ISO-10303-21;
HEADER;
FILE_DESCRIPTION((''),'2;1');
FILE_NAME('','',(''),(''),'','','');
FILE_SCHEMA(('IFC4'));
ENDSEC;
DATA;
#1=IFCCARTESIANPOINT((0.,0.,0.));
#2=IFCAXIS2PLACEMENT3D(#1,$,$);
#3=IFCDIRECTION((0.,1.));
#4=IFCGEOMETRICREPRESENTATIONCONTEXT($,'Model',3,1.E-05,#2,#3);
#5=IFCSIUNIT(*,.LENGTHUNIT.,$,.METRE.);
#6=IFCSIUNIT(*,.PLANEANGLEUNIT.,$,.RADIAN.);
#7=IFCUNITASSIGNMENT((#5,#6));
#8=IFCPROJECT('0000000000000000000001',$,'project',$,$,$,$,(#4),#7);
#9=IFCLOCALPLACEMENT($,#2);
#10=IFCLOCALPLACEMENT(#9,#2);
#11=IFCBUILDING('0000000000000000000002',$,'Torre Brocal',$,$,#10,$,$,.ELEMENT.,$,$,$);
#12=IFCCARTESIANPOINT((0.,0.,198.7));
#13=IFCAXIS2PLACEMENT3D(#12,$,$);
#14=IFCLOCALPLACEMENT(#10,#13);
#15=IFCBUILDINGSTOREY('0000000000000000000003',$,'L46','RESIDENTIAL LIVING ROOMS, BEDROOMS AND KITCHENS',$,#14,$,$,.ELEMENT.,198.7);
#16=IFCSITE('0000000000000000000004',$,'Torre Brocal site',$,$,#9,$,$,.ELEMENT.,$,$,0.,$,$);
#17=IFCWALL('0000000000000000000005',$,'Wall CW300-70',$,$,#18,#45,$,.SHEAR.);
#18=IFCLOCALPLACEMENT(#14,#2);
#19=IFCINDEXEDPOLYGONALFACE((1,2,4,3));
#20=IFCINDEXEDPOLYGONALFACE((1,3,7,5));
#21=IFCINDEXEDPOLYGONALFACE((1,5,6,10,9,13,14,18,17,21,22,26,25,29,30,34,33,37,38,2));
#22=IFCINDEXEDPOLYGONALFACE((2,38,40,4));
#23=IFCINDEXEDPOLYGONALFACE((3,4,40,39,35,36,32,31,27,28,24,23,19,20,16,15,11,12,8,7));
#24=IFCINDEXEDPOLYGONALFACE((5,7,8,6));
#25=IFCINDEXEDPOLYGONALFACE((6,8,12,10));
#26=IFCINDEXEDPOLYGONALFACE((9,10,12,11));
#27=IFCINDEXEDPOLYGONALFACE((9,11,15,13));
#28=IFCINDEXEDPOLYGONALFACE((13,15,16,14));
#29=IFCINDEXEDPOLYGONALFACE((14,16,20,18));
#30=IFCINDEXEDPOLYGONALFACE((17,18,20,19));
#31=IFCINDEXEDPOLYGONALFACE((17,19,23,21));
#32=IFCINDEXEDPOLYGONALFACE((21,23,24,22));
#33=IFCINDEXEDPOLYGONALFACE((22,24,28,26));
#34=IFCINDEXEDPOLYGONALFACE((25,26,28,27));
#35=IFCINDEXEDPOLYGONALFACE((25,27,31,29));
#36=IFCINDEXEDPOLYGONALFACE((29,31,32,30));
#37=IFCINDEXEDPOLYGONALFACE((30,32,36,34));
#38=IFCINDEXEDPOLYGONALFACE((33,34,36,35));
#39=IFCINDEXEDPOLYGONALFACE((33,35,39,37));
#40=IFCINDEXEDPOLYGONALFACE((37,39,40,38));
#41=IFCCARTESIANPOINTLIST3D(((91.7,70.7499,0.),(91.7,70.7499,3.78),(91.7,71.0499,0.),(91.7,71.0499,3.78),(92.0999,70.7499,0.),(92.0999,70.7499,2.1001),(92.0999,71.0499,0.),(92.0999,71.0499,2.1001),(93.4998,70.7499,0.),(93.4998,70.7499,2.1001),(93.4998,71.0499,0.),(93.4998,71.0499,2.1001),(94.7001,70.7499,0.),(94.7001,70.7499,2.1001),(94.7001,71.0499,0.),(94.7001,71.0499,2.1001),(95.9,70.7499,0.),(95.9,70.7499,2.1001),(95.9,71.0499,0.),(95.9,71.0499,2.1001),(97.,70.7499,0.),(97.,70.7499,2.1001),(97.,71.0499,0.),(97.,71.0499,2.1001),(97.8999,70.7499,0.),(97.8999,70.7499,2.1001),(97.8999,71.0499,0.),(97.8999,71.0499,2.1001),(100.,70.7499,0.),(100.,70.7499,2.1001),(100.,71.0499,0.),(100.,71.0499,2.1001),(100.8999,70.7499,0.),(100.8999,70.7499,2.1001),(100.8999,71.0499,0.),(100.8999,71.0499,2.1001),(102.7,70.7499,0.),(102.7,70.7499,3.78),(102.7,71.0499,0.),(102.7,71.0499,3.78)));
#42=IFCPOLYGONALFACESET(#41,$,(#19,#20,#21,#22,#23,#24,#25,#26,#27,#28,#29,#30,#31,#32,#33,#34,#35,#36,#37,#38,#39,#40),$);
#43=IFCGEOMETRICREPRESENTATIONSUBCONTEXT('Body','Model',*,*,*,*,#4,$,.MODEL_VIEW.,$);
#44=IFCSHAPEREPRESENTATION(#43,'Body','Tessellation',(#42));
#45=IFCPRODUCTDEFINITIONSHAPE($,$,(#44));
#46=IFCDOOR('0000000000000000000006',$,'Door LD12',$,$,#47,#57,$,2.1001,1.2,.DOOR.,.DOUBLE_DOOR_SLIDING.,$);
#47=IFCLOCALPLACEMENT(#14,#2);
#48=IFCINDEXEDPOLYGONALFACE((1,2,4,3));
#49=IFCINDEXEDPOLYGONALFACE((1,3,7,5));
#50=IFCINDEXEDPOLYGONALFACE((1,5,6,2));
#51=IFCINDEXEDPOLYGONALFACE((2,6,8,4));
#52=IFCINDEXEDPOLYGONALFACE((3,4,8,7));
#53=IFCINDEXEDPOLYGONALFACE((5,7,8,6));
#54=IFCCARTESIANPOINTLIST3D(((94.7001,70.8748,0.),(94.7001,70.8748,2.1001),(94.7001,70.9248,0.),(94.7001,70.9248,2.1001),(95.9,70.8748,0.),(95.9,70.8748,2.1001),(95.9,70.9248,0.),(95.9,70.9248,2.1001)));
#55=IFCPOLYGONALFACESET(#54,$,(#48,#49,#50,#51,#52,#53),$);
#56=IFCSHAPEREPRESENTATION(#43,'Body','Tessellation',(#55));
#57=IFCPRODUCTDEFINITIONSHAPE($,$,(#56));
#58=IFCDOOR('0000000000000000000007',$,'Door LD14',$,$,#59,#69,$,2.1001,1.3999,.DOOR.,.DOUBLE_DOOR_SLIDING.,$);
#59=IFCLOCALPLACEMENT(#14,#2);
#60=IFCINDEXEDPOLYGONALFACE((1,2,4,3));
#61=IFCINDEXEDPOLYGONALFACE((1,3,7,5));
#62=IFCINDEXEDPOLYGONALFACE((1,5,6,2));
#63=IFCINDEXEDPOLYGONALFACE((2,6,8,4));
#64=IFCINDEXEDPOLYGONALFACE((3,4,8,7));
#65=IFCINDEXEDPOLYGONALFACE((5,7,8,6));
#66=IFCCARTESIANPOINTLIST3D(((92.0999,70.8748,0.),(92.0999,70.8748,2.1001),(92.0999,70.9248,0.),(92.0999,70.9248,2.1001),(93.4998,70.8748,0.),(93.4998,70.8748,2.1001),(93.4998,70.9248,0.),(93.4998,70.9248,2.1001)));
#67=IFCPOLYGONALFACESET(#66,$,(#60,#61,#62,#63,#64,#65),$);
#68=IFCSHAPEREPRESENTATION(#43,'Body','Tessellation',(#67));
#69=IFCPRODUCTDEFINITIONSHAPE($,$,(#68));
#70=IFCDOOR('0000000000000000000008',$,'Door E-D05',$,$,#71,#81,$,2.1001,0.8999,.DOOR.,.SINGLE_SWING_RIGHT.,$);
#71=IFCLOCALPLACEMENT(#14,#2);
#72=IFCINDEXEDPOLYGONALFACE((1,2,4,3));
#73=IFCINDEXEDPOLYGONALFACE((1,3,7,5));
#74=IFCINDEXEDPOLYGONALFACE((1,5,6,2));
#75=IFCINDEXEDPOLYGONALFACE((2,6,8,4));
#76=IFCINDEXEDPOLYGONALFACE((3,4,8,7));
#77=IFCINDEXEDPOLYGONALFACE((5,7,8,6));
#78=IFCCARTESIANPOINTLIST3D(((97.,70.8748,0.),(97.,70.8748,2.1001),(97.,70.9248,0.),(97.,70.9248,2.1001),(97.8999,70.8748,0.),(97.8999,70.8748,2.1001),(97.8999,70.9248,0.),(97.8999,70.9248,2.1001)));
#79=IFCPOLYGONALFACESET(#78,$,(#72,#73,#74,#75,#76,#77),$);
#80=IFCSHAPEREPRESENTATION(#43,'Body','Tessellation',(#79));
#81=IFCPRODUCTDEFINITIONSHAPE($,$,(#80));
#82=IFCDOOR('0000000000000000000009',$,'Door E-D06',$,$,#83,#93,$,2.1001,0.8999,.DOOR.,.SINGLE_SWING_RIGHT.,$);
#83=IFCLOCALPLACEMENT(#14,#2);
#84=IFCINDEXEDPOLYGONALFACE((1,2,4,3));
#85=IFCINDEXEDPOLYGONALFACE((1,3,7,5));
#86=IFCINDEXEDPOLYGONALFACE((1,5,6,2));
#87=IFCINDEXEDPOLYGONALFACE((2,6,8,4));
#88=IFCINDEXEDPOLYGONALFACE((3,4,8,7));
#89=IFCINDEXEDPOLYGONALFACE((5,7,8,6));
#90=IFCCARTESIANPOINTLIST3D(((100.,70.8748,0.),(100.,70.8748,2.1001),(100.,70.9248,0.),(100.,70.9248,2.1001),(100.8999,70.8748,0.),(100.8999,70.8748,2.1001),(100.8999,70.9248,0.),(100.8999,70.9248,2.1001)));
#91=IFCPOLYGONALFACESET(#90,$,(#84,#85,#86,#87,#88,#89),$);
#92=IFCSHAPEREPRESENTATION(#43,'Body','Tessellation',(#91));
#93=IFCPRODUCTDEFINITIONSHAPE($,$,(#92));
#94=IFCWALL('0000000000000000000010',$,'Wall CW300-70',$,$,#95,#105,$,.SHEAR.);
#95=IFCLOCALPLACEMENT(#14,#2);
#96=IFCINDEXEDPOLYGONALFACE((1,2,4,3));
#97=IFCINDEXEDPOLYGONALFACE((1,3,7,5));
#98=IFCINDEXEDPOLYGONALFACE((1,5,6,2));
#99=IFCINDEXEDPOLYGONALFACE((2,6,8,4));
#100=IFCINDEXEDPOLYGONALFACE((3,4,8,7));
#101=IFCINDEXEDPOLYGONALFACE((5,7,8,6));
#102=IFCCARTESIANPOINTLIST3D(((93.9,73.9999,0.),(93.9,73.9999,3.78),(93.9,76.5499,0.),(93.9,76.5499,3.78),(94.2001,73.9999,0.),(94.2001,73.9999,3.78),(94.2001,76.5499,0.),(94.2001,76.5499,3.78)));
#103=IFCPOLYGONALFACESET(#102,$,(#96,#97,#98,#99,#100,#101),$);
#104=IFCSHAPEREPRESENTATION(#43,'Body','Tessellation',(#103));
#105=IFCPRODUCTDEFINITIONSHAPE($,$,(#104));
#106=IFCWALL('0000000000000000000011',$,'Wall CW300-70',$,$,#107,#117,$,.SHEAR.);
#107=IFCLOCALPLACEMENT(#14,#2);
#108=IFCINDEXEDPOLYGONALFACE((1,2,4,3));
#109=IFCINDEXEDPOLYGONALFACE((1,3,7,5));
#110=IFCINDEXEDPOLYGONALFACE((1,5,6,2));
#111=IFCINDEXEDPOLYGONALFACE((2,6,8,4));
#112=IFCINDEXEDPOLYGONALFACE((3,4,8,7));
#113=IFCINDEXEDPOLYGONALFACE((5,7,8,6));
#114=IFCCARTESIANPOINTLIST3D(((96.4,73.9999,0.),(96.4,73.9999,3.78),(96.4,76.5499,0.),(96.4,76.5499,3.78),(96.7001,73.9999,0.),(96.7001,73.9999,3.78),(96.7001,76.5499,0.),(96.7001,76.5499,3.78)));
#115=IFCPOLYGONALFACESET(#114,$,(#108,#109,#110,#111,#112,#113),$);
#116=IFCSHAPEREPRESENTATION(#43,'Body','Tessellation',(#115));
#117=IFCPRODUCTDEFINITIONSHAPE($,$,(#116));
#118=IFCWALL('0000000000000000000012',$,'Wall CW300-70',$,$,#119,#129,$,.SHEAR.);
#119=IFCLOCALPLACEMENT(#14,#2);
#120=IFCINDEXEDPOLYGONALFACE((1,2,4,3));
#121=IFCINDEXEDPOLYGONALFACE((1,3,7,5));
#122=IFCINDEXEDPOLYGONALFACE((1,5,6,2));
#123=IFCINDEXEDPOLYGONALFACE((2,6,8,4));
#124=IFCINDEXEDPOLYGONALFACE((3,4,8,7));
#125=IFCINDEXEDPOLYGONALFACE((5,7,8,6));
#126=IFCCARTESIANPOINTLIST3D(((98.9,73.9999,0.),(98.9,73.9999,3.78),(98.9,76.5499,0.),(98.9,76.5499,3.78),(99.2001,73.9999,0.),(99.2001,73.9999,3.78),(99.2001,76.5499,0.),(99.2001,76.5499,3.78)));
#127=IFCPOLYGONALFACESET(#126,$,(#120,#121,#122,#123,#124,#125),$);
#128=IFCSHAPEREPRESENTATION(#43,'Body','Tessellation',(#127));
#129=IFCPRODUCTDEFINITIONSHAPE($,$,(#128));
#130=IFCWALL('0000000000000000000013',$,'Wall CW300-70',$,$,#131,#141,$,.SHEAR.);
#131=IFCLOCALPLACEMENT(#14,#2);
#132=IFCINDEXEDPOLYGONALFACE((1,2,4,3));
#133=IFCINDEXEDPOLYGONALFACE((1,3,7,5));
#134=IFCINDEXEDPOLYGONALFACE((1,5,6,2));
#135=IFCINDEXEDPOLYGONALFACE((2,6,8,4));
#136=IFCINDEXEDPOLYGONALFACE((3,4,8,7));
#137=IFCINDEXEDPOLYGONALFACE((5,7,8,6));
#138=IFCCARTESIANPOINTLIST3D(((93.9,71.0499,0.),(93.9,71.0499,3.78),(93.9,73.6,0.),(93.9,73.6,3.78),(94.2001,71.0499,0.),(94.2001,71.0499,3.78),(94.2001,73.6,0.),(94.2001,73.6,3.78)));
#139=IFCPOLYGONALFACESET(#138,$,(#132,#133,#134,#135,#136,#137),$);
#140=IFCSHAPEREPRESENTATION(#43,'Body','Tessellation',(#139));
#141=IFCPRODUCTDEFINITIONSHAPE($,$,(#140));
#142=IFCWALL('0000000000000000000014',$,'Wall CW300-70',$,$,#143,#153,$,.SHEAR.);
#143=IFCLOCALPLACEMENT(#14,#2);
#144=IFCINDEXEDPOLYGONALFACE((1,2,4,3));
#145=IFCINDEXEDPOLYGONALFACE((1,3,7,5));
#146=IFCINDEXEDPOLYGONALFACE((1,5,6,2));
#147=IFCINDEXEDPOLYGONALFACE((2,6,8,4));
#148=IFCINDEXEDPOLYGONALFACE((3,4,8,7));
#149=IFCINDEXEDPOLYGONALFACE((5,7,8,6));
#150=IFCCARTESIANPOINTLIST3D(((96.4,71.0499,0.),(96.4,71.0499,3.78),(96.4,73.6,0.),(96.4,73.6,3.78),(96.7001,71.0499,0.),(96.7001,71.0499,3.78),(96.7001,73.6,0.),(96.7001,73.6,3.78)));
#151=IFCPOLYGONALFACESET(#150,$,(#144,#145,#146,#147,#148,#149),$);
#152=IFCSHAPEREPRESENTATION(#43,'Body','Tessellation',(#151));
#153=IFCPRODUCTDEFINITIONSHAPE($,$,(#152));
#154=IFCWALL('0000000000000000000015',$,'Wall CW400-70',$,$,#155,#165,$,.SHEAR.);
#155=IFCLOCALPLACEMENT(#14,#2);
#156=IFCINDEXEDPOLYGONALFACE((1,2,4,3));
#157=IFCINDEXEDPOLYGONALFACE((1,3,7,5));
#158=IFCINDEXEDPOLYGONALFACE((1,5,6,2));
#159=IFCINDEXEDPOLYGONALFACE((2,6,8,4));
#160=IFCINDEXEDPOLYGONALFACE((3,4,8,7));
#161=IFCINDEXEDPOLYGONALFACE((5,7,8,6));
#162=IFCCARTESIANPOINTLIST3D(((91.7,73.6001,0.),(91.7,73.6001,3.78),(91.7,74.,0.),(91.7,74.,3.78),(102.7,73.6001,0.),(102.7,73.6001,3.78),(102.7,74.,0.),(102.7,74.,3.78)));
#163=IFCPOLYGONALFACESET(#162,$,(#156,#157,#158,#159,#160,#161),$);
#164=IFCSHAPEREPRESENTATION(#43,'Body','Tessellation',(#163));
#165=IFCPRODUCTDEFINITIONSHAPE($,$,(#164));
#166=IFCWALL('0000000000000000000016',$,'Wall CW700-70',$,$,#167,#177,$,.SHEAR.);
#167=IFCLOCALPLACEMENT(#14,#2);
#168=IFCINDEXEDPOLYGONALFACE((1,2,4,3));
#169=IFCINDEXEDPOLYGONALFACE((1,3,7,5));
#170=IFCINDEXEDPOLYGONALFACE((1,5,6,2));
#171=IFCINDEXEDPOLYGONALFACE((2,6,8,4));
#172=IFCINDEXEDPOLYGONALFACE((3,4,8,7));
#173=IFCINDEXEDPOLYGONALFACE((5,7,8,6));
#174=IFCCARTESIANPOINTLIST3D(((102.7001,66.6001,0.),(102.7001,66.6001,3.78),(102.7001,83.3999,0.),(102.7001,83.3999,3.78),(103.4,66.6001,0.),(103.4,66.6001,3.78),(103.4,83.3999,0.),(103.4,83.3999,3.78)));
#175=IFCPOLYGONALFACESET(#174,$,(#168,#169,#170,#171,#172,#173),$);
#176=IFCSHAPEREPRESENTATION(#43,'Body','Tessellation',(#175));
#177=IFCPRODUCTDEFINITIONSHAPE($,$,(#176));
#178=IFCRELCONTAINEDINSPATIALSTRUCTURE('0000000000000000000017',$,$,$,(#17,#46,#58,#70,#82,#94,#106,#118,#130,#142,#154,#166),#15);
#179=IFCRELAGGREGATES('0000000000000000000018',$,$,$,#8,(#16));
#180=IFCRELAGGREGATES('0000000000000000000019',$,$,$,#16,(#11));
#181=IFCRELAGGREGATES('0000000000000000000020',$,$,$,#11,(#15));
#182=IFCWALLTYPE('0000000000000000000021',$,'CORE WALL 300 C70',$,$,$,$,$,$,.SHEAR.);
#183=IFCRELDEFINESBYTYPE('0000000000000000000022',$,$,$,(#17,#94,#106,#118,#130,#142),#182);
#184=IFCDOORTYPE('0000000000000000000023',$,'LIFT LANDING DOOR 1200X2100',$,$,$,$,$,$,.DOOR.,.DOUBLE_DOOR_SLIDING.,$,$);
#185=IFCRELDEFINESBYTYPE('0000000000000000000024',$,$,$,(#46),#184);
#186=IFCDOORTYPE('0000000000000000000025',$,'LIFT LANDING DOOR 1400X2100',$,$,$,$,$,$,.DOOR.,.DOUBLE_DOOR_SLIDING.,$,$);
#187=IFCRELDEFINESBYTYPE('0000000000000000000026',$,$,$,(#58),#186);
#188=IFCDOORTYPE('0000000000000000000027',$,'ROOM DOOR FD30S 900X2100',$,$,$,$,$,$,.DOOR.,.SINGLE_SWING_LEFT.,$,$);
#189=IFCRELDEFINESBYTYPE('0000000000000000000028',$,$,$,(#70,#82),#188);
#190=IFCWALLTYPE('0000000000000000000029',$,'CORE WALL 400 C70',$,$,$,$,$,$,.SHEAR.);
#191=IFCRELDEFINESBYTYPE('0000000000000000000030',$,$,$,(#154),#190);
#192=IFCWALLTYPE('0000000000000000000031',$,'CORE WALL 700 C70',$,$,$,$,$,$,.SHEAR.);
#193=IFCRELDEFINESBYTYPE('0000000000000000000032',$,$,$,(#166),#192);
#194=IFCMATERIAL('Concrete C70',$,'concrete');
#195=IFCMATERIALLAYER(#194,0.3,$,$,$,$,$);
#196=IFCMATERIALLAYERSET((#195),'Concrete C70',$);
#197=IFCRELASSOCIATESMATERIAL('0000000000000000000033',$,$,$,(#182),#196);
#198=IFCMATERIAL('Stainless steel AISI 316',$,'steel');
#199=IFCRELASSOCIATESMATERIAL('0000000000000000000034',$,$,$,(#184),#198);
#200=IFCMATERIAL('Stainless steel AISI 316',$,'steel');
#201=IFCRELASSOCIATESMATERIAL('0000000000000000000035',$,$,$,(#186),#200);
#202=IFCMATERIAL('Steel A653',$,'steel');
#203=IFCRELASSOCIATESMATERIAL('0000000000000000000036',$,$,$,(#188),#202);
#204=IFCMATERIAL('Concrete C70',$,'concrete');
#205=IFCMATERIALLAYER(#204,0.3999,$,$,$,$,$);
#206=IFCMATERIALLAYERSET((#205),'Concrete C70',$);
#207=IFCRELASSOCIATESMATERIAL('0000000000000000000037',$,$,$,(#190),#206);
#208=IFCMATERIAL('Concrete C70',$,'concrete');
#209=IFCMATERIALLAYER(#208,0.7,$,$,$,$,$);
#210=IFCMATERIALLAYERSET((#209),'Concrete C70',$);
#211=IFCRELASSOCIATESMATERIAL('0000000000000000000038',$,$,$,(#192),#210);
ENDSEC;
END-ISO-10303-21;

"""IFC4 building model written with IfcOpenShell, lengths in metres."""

from ifc_helpers import new_model, si_unit, direction, frame, frame_2d, origin, place, context, subcontext, project, spatial, rectangle, extrude, material, layer, layer_set, type_object, element, fill, save


model = new_model("IFC4")

# Units and contexts
model_context = context("Model", 3, precision=1e-05, world=origin(), true_north=direction((0.0, 1.0)))
body_context = subcontext(model_context, "Body", "Model", "MODEL_VIEW")
ifc_project = project(units=[si_unit("LENGTHUNIT", "METRE"), si_unit("PLANEANGLEUNIT", "RADIAN")], contexts=[model_context])

# Site, building, storey
site_placement = place(None, origin())
site = spatial("IfcSite", under=ifc_project, at=site_placement, Name="Torre Brocal site", CompositionType="ELEMENT", RefElevation=0.0)
building_placement = place(site_placement, origin())
building = spatial("IfcBuilding", under=site, at=building_placement, Name="Torre Brocal", CompositionType="ELEMENT")
storey_placement = place(building_placement, frame((0.0, 0.0, 198.7)))
storey = spatial("IfcBuildingStorey", under=building, at=storey_placement, Name="L46", Description="RESIDENTIAL LIVING ROOMS, BEDROOMS AND KITCHENS", CompositionType="ELEMENT", Elevation=198.7)

# Shared definitions
ifc_material_1 = material(Name="Concrete C70", Category="concrete")
ifc_layer_1 = layer(ifc_material_1, 0.3)
ifc_layer_set_1 = layer_set([ifc_layer_1], Name="Concrete C70")
wall_type_1 = type_object("IfcWallType", Name="CORE WALL 300 C70", PredefinedType="SHEAR", material=ifc_layer_set_1)

# Wall, openings, doors
wall_1_placement = place(storey_placement, frame((91.7, 70.8999, 0.0), z_axis=(0.0, 0.0, 1.0), x_axis=(1.0, 0.0, 0.0)))
wall_1 = element("IfcWall", 1, at=wall_1_placement, inside=storey, type_object=wall_type_1, Name="Wall CW300-70", PredefinedType="SHEAR", context=body_context, shape_type="SweptSolid", body=[
    extrude(rectangle(XDim=11.0, YDim=0.3, at=frame_2d((5.5, 0.0))), origin(), (0.0, 0.0, 1.0), 3.78),
])
opening_1_placement = place(wall_1_placement, frame((0.3999, 0.0, 0.0)))
opening_1 = element("IfcOpeningElement", 2, at=opening_1_placement, cuts=wall_1, PredefinedType="OPENING", context=body_context, shape_type="SweptSolid", body=[
    extrude(rectangle(XDim=1.3999, YDim=2.1001, at=frame_2d((0.7, 1.05))), frame((0.0, 0.1599, 0.0), z_axis=(0.0, -1.0, 0.0), x_axis=(1.0, 0.0, 0.0)), (0.0, 0.0, 1.0), 0.3201),
])
opening_2_placement = place(wall_1_placement, frame((3.0, 0.0, 0.0)))
opening_2 = element("IfcOpeningElement", 3, at=opening_2_placement, cuts=wall_1, PredefinedType="OPENING", context=body_context, shape_type="SweptSolid", body=[
    extrude(rectangle(XDim=1.2, YDim=2.1001, at=frame_2d((0.6001, 1.05))), frame((0.0, 0.1599, 0.0), z_axis=(0.0, -1.0, 0.0), x_axis=(1.0, 0.0, 0.0)), (0.0, 0.0, 1.0), 0.3201),
])
opening_3_placement = place(wall_1_placement, frame((5.3, 0.0, 0.0)))
opening_3 = element("IfcOpeningElement", 4, at=opening_3_placement, cuts=wall_1, PredefinedType="OPENING", context=body_context, shape_type="SweptSolid", body=[
    extrude(rectangle(XDim=0.8999, YDim=2.1001, at=frame_2d((0.45, 1.05))), frame((0.0, 0.1599, 0.0), z_axis=(0.0, -1.0, 0.0), x_axis=(1.0, 0.0, 0.0)), (0.0, 0.0, 1.0), 0.3201),
])
opening_4_placement = place(wall_1_placement, frame((8.3, 0.0, 0.0)))
opening_4 = element("IfcOpeningElement", 5, at=opening_4_placement, cuts=wall_1, PredefinedType="OPENING", context=body_context, shape_type="SweptSolid", body=[
    extrude(rectangle(XDim=0.8999, YDim=2.1001, at=frame_2d((0.45, 1.05))), frame((0.0, 0.1599, 0.0), z_axis=(0.0, -1.0, 0.0), x_axis=(1.0, 0.0, 0.0)), (0.0, 0.0, 1.0), 0.3201),
])
ifc_material_2 = material(Name="Stainless steel AISI 316", Category="steel")
door_type_1 = type_object("IfcDoorType", Name="LIFT LANDING DOOR 1200X2100", OperationType="DOUBLE_DOOR_SLIDING", PredefinedType="DOOR", material=ifc_material_2)
door_1_placement = place(opening_2_placement, origin())
door_1 = element("IfcDoor", 6, at=door_1_placement, inside=storey, type_object=door_type_1, Name="Door LD12", OperationType="DOUBLE_DOOR_SLIDING", OverallHeight=2.1001, OverallWidth=1.2, PredefinedType="DOOR", context=body_context, shape_type="SweptSolid", body=[
    extrude(rectangle(XDim=1.2, YDim=2.1001, at=frame_2d((0.6001, 1.05))), frame((0.0, 0.0249, 0.0), z_axis=(0.0, -1.0, 0.0), x_axis=(1.0, 0.0, 0.0)), (0.0, 0.0, 1.0), 0.05),
])
fill(opening_2, door_1)
ifc_material_3 = material(Name="Stainless steel AISI 316", Category="steel")
door_type_2 = type_object("IfcDoorType", Name="LIFT LANDING DOOR 1400X2100", OperationType="DOUBLE_DOOR_SLIDING", PredefinedType="DOOR", material=ifc_material_3)
door_2_placement = place(opening_1_placement, origin())
door_2 = element("IfcDoor", 7, at=door_2_placement, inside=storey, type_object=door_type_2, Name="Door LD14", OperationType="DOUBLE_DOOR_SLIDING", OverallHeight=2.1001, OverallWidth=1.3999, PredefinedType="DOOR", context=body_context, shape_type="SweptSolid", body=[
    extrude(rectangle(XDim=1.3999, YDim=2.1001, at=frame_2d((0.7, 1.05))), frame((0.0, 0.0249, 0.0), z_axis=(0.0, -1.0, 0.0), x_axis=(1.0, 0.0, 0.0)), (0.0, 0.0, 1.0), 0.05),
])
fill(opening_1, door_2)
ifc_material_4 = material(Name="Steel A653", Category="steel")
door_type_3 = type_object("IfcDoorType", Name="ROOM DOOR FD30S 900X2100", OperationType="SINGLE_SWING_LEFT", PredefinedType="DOOR", material=ifc_material_4)
door_3_placement = place(opening_3_placement, origin())
door_3 = element("IfcDoor", 8, at=door_3_placement, inside=storey, type_object=door_type_3, Name="Door E-D05", OperationType="SINGLE_SWING_RIGHT", OverallHeight=2.1001, OverallWidth=0.8999, PredefinedType="DOOR", context=body_context, shape_type="SweptSolid", body=[
    extrude(rectangle(XDim=0.8999, YDim=2.1001, at=frame_2d((0.45, 1.05))), frame((0.0, 0.0249, 0.0), z_axis=(0.0, -1.0, 0.0), x_axis=(1.0, 0.0, 0.0)), (0.0, 0.0, 1.0), 0.05),
])
fill(opening_3, door_3)
door_4_placement = place(opening_4_placement, origin())
door_4 = element("IfcDoor", 9, at=door_4_placement, inside=storey, type_object=door_type_3, Name="Door E-D06", OperationType="SINGLE_SWING_RIGHT", OverallHeight=2.1001, OverallWidth=0.8999, PredefinedType="DOOR", context=body_context, shape_type="SweptSolid", body=[
    extrude(rectangle(XDim=0.8999, YDim=2.1001, at=frame_2d((0.45, 1.05))), frame((0.0, 0.0249, 0.0), z_axis=(0.0, -1.0, 0.0), x_axis=(1.0, 0.0, 0.0)), (0.0, 0.0, 1.0), 0.05),
])
fill(opening_4, door_4)

# Walls
for number, where, z_axis, x_axis, name in (
    (10, (94.05, 74.0, 0.0), (0.0, 0.0, 1.0), (0.0, 1.0, 0.0), "Wall CW300-70"),
    (11, (96.55, 74.0, 0.0), (0.0, 0.0, 1.0), (0.0, 1.0, 0.0), "Wall CW300-70"),
    (12, (99.05, 74.0, 0.0), (0.0, 0.0, 1.0), (0.0, 1.0, 0.0), "Wall CW300-70"),
    (13, (94.05, 71.05, 0.0), (0.0, 0.0, 1.0), (0.0, 1.0, 0.0), "Wall CW300-70"),
    (14, (96.55, 71.05, 0.0), (0.0, 0.0, 1.0), (0.0, 1.0, 0.0), "Wall CW300-70"),
):
    element("IfcWall", number, at=place(storey_placement, frame(where, z_axis=z_axis, x_axis=x_axis)), inside=storey, type_object=wall_type_1, Name=name, PredefinedType="SHEAR", context=body_context, shape_type="SweptSolid", body=[
        extrude(rectangle(XDim=2.55, YDim=0.3, at=frame_2d((1.2749, 0.0))), origin(), (0.0, 0.0, 1.0), 3.78),
    ])
ifc_material_5 = material(Name="Concrete C70", Category="concrete")
ifc_layer_2 = layer(ifc_material_5, 0.3999)
ifc_layer_set_2 = layer_set([ifc_layer_2], Name="Concrete C70")
wall_type_2 = type_object("IfcWallType", Name="CORE WALL 400 C70", PredefinedType="SHEAR", material=ifc_layer_set_2)
wall_2_placement = place(storey_placement, frame((91.7, 73.8, 0.0), z_axis=(0.0, 0.0, 1.0), x_axis=(1.0, 0.0, 0.0)))
element("IfcWall", 15, at=wall_2_placement, inside=storey, type_object=wall_type_2, Name="Wall CW400-70", PredefinedType="SHEAR", context=body_context, shape_type="SweptSolid", body=[
    extrude(rectangle(XDim=11.0, YDim=0.3999, at=frame_2d((5.5, 0.0))), origin(), (0.0, 0.0, 1.0), 3.78),
])
ifc_material_6 = material(Name="Concrete C70", Category="concrete")
ifc_layer_3 = layer(ifc_material_6, 0.7)
ifc_layer_set_3 = layer_set([ifc_layer_3], Name="Concrete C70")
wall_type_3 = type_object("IfcWallType", Name="CORE WALL 700 C70", PredefinedType="SHEAR", material=ifc_layer_set_3)
wall_3_placement = place(storey_placement, frame((103.05, 66.6001, 0.0), z_axis=(0.0, 0.0, 1.0), x_axis=(0.0, 1.0, 0.0)))
element("IfcWall", 16, at=wall_3_placement, inside=storey, type_object=wall_type_3, Name="Wall CW700-70", PredefinedType="SHEAR", context=body_context, shape_type="SweptSolid", body=[
    extrude(rectangle(XDim=16.7998, YDim=0.7, at=frame_2d((8.3999, 0.0))), origin(), (0.0, 0.0, 1.0), 3.78),
])

save(model, "model.ifc")
